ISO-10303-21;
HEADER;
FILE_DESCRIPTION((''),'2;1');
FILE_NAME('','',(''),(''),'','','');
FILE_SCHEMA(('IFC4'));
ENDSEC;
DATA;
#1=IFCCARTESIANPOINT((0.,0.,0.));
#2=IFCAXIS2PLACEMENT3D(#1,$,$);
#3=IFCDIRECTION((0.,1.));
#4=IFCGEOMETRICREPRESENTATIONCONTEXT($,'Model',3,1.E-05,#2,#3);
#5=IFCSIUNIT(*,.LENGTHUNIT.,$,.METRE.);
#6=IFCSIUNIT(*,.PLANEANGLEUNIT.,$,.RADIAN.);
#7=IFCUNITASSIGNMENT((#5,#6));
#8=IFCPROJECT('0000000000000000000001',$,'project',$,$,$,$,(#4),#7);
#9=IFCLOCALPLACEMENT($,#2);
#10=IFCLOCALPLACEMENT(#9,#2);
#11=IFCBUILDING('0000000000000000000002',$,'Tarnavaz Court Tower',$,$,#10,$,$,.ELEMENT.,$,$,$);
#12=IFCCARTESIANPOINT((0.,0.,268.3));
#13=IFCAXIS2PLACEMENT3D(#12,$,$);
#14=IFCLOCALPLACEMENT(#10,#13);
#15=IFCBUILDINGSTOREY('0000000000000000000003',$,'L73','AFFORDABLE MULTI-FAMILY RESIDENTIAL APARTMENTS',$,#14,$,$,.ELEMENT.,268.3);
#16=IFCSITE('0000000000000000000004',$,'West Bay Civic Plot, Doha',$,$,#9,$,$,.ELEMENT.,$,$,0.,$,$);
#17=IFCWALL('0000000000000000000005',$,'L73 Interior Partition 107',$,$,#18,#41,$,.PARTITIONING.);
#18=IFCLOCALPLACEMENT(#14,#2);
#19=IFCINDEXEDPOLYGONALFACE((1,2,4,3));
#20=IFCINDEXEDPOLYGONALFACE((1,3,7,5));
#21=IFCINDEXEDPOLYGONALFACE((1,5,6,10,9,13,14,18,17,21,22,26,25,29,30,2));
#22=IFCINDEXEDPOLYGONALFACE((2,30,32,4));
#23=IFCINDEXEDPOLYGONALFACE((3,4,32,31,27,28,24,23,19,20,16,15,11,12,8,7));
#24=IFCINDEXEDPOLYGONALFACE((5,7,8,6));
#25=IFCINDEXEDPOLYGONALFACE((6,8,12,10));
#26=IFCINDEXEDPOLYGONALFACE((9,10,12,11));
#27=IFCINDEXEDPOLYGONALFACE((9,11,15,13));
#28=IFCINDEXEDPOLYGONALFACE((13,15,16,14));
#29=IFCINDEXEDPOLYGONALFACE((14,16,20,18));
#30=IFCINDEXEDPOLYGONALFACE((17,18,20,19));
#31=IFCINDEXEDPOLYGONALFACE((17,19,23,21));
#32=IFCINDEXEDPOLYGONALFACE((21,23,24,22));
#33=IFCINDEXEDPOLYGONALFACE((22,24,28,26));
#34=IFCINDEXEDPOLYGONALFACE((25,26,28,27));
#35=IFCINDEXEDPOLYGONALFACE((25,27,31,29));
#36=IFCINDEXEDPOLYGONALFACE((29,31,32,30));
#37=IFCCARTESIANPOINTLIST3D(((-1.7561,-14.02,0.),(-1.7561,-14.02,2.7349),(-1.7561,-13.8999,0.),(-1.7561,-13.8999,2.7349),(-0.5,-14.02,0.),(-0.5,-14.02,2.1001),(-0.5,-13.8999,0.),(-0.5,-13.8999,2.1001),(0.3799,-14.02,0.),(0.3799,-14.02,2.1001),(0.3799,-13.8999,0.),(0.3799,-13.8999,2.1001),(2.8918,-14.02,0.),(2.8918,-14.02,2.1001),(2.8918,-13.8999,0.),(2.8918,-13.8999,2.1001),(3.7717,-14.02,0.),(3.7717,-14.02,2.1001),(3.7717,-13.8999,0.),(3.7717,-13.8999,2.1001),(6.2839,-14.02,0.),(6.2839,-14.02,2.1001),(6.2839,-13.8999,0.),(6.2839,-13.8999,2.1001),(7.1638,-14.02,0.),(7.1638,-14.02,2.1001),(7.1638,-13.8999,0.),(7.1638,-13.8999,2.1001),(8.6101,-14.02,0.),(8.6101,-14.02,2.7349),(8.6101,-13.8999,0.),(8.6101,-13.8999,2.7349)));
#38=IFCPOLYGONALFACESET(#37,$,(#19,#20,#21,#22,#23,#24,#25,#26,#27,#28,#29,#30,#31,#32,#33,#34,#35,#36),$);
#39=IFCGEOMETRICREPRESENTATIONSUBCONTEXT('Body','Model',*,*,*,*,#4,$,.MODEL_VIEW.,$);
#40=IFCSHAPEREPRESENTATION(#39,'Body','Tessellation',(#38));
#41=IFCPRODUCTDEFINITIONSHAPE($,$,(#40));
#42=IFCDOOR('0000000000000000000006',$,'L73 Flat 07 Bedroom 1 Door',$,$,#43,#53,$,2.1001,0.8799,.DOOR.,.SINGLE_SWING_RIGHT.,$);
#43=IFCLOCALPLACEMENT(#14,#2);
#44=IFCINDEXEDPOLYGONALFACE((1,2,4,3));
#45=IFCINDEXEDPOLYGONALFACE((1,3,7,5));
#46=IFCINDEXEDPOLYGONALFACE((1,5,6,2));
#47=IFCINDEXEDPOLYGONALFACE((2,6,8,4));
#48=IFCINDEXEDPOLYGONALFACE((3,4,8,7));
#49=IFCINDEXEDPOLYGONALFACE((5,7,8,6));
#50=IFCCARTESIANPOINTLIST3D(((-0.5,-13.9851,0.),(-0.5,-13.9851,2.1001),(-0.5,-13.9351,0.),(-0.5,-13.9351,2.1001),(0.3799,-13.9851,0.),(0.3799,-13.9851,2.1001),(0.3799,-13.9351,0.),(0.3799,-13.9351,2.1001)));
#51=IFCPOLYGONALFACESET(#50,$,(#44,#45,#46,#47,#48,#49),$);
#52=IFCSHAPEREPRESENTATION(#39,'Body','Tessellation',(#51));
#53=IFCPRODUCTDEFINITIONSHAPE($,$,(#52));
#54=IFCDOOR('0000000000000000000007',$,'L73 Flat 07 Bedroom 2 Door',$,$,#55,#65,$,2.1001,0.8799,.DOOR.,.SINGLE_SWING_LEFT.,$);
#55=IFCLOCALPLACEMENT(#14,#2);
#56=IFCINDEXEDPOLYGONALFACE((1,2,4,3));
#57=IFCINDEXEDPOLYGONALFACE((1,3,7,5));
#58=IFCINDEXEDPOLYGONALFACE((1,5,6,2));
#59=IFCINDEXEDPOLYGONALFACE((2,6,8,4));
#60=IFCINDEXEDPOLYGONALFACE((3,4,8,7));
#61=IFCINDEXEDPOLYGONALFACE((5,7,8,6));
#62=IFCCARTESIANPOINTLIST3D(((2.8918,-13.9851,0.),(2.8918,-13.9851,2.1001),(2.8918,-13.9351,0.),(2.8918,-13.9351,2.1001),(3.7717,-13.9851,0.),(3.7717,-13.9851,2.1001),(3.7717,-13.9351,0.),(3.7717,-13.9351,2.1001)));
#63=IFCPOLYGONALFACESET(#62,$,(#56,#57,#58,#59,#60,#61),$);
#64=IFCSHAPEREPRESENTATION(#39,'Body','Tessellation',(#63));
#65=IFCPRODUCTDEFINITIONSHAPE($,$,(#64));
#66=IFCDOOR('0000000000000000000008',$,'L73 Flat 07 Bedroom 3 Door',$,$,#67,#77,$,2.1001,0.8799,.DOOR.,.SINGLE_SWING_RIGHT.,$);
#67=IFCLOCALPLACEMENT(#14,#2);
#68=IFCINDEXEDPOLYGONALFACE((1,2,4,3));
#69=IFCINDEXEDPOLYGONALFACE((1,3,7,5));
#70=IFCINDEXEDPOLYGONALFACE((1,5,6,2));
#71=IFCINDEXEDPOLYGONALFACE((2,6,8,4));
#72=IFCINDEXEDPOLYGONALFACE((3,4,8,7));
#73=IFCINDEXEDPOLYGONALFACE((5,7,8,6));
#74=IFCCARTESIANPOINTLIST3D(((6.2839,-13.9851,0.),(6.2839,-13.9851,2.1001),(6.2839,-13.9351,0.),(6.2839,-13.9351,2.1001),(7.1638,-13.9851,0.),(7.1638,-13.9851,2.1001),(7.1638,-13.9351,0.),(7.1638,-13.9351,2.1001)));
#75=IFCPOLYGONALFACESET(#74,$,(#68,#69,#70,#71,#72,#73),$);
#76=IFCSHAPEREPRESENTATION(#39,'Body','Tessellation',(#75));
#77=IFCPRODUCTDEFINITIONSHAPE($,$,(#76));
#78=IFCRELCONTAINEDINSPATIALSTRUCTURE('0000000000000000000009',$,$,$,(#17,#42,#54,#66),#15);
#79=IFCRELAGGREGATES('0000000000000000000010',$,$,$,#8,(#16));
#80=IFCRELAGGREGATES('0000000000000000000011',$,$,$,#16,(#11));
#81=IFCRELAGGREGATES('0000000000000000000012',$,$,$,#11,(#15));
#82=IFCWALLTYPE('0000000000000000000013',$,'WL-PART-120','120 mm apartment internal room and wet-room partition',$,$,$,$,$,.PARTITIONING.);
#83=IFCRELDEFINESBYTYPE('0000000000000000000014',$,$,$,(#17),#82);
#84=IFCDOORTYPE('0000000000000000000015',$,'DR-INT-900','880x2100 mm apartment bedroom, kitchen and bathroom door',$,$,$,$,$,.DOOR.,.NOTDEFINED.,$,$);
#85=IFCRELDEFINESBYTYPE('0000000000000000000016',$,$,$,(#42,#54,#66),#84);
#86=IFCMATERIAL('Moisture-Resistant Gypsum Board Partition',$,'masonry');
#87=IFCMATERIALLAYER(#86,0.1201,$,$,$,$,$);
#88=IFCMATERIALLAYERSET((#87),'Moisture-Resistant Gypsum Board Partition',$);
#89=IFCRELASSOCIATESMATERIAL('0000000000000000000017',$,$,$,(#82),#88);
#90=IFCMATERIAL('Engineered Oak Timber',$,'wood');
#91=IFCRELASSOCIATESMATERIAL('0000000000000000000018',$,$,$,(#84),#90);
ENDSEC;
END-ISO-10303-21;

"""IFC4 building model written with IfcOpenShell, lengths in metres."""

from ifc_helpers import new_model, si_unit, direction, frame, frame_2d, origin, place, context, subcontext, project, spatial, rectangle, extrude, material, layer, layer_set, type_object, element, fill, save


model = new_model("IFC4")

# Units and contexts
model_context = context("Model", 3, precision=1e-05, world=origin(), true_north=direction((0.0, 1.0)))
body_context = subcontext(model_context, "Body", "Model", "MODEL_VIEW")
ifc_project = project(units=[si_unit("LENGTHUNIT", "METRE"), si_unit("PLANEANGLEUNIT", "RADIAN")], contexts=[model_context])

# Site, building, storey
site_placement = place(None, origin())
site = spatial("IfcSite", under=ifc_project, at=site_placement, Name="West Bay Civic Plot, Doha", CompositionType="ELEMENT", RefElevation=0.0)
building_placement = place(site_placement, origin())
building = spatial("IfcBuilding", under=site, at=building_placement, Name="Tarnavaz Court Tower", CompositionType="ELEMENT")
storey_placement = place(building_placement, frame((0.0, 0.0, 268.3)))
storey = spatial("IfcBuildingStorey", under=building, at=storey_placement, Name="L73", Description="AFFORDABLE MULTI-FAMILY RESIDENTIAL APARTMENTS", CompositionType="ELEMENT", Elevation=268.3)

# Shared definitions
ifc_material_1 = material(Name="Moisture-Resistant Gypsum Board Partition", Category="masonry")
ifc_layer = layer(ifc_material_1, 0.1201)
ifc_layer_set = layer_set([ifc_layer], Name="Moisture-Resistant Gypsum Board Partition")
wall_type = type_object("IfcWallType", Name="WL-PART-120", Description="120 mm apartment internal room and wet-room partition", PredefinedType="PARTITIONING", material=ifc_layer_set)
ifc_material_2 = material(Name="Engineered Oak Timber", Category="wood")
door_type = type_object("IfcDoorType", Name="DR-INT-900", Description="880x2100 mm apartment bedroom, kitchen and bathroom door", OperationType="NOTDEFINED", PredefinedType="DOOR", material=ifc_material_2)

# Wall, openings, doors
wall_1_placement = place(storey_placement, frame((-1.7561, -13.96, 0.0), z_axis=(0.0, 0.0, 1.0), x_axis=(1.0, 0.0, 0.0)))
wall_1 = element("IfcWall", 1, at=wall_1_placement, inside=storey, type_object=wall_type, Name="L73 Interior Partition 107", PredefinedType="PARTITIONING", context=body_context, shape_type="SweptSolid", body=[
    extrude(rectangle(XDim=10.3662, YDim=0.1201, at=frame_2d((5.1831, 0.0))), origin(), (0.0, 0.0, 1.0), 2.7349),
])
opening_1_placement = place(wall_1_placement, frame((1.2561, 0.0, 0.0)))
opening_1 = element("IfcOpeningElement", 2, at=opening_1_placement, cuts=wall_1, PredefinedType="OPENING", context=body_context, shape_type="SweptSolid", body=[
    extrude(rectangle(XDim=0.8799, YDim=2.1001, at=frame_2d((0.4399, 1.05))), frame((0.0, 0.0701, 0.0), z_axis=(0.0, -1.0, 0.0), x_axis=(1.0, 0.0, 0.0)), (0.0, 0.0, 1.0), 0.1401),
])
opening_2_placement = place(wall_1_placement, frame((4.6479, 0.0, 0.0)))
opening_2 = element("IfcOpeningElement", 3, at=opening_2_placement, cuts=wall_1, PredefinedType="OPENING", context=body_context, shape_type="SweptSolid", body=[
    extrude(rectangle(XDim=0.8799, YDim=2.1001, at=frame_2d((0.4399, 1.05))), frame((0.0, 0.0701, 0.0), z_axis=(0.0, -1.0, 0.0), x_axis=(1.0, 0.0, 0.0)), (0.0, 0.0, 1.0), 0.1401),
])
opening_3_placement = place(wall_1_placement, frame((8.04, 0.0, 0.0)))
opening_3 = element("IfcOpeningElement", 4, at=opening_3_placement, cuts=wall_1, PredefinedType="OPENING", context=body_context, shape_type="SweptSolid", body=[
    extrude(rectangle(XDim=0.8799, YDim=2.1001, at=frame_2d((0.4399, 1.05))), frame((0.0, 0.0701, 0.0), z_axis=(0.0, -1.0, 0.0), x_axis=(1.0, 0.0, 0.0)), (0.0, 0.0, 1.0), 0.1401),
])
door_1_placement = place(opening_1_placement, origin())
door_1 = element("IfcDoor", 5, at=door_1_placement, inside=storey, type_object=door_type, Name="L73 Flat 07 Bedroom 1 Door", OperationType="SINGLE_SWING_RIGHT", OverallHeight=2.1001, OverallWidth=0.8799, PredefinedType="DOOR", context=body_context, shape_type="SweptSolid", body=[
    extrude(rectangle(XDim=0.8799, YDim=2.1001, at=frame_2d((0.4399, 1.05))), frame((0.0, 0.0249, 0.0), z_axis=(0.0, -1.0, 0.0), x_axis=(1.0, 0.0, 0.0)), (0.0, 0.0, 1.0), 0.05),
])
fill(opening_1, door_1)
door_2_placement = place(opening_2_placement, origin())
door_2 = element("IfcDoor", 6, at=door_2_placement, inside=storey, type_object=door_type, Name="L73 Flat 07 Bedroom 2 Door", OperationType="SINGLE_SWING_LEFT", OverallHeight=2.1001, OverallWidth=0.8799, PredefinedType="DOOR", context=body_context, shape_type="SweptSolid", body=[
    extrude(rectangle(XDim=0.8799, YDim=2.1001, at=frame_2d((0.4399, 1.05))), frame((0.0, 0.0249, 0.0), z_axis=(0.0, -1.0, 0.0), x_axis=(1.0, 0.0, 0.0)), (0.0, 0.0, 1.0), 0.05),
])
fill(opening_2, door_2)
door_3_placement = place(opening_3_placement, origin())
door_3 = element("IfcDoor", 7, at=door_3_placement, inside=storey, type_object=door_type, Name="L73 Flat 07 Bedroom 3 Door", OperationType="SINGLE_SWING_RIGHT", OverallHeight=2.1001, OverallWidth=0.8799, PredefinedType="DOOR", context=body_context, shape_type="SweptSolid", body=[
    extrude(rectangle(XDim=0.8799, YDim=2.1001, at=frame_2d((0.4399, 1.05))), frame((0.0, 0.0249, 0.0), z_axis=(0.0, -1.0, 0.0), x_axis=(1.0, 0.0, 0.0)), (0.0, 0.0, 1.0), 0.05),
])
fill(opening_3, door_3)

save(model, "model.ifc")
